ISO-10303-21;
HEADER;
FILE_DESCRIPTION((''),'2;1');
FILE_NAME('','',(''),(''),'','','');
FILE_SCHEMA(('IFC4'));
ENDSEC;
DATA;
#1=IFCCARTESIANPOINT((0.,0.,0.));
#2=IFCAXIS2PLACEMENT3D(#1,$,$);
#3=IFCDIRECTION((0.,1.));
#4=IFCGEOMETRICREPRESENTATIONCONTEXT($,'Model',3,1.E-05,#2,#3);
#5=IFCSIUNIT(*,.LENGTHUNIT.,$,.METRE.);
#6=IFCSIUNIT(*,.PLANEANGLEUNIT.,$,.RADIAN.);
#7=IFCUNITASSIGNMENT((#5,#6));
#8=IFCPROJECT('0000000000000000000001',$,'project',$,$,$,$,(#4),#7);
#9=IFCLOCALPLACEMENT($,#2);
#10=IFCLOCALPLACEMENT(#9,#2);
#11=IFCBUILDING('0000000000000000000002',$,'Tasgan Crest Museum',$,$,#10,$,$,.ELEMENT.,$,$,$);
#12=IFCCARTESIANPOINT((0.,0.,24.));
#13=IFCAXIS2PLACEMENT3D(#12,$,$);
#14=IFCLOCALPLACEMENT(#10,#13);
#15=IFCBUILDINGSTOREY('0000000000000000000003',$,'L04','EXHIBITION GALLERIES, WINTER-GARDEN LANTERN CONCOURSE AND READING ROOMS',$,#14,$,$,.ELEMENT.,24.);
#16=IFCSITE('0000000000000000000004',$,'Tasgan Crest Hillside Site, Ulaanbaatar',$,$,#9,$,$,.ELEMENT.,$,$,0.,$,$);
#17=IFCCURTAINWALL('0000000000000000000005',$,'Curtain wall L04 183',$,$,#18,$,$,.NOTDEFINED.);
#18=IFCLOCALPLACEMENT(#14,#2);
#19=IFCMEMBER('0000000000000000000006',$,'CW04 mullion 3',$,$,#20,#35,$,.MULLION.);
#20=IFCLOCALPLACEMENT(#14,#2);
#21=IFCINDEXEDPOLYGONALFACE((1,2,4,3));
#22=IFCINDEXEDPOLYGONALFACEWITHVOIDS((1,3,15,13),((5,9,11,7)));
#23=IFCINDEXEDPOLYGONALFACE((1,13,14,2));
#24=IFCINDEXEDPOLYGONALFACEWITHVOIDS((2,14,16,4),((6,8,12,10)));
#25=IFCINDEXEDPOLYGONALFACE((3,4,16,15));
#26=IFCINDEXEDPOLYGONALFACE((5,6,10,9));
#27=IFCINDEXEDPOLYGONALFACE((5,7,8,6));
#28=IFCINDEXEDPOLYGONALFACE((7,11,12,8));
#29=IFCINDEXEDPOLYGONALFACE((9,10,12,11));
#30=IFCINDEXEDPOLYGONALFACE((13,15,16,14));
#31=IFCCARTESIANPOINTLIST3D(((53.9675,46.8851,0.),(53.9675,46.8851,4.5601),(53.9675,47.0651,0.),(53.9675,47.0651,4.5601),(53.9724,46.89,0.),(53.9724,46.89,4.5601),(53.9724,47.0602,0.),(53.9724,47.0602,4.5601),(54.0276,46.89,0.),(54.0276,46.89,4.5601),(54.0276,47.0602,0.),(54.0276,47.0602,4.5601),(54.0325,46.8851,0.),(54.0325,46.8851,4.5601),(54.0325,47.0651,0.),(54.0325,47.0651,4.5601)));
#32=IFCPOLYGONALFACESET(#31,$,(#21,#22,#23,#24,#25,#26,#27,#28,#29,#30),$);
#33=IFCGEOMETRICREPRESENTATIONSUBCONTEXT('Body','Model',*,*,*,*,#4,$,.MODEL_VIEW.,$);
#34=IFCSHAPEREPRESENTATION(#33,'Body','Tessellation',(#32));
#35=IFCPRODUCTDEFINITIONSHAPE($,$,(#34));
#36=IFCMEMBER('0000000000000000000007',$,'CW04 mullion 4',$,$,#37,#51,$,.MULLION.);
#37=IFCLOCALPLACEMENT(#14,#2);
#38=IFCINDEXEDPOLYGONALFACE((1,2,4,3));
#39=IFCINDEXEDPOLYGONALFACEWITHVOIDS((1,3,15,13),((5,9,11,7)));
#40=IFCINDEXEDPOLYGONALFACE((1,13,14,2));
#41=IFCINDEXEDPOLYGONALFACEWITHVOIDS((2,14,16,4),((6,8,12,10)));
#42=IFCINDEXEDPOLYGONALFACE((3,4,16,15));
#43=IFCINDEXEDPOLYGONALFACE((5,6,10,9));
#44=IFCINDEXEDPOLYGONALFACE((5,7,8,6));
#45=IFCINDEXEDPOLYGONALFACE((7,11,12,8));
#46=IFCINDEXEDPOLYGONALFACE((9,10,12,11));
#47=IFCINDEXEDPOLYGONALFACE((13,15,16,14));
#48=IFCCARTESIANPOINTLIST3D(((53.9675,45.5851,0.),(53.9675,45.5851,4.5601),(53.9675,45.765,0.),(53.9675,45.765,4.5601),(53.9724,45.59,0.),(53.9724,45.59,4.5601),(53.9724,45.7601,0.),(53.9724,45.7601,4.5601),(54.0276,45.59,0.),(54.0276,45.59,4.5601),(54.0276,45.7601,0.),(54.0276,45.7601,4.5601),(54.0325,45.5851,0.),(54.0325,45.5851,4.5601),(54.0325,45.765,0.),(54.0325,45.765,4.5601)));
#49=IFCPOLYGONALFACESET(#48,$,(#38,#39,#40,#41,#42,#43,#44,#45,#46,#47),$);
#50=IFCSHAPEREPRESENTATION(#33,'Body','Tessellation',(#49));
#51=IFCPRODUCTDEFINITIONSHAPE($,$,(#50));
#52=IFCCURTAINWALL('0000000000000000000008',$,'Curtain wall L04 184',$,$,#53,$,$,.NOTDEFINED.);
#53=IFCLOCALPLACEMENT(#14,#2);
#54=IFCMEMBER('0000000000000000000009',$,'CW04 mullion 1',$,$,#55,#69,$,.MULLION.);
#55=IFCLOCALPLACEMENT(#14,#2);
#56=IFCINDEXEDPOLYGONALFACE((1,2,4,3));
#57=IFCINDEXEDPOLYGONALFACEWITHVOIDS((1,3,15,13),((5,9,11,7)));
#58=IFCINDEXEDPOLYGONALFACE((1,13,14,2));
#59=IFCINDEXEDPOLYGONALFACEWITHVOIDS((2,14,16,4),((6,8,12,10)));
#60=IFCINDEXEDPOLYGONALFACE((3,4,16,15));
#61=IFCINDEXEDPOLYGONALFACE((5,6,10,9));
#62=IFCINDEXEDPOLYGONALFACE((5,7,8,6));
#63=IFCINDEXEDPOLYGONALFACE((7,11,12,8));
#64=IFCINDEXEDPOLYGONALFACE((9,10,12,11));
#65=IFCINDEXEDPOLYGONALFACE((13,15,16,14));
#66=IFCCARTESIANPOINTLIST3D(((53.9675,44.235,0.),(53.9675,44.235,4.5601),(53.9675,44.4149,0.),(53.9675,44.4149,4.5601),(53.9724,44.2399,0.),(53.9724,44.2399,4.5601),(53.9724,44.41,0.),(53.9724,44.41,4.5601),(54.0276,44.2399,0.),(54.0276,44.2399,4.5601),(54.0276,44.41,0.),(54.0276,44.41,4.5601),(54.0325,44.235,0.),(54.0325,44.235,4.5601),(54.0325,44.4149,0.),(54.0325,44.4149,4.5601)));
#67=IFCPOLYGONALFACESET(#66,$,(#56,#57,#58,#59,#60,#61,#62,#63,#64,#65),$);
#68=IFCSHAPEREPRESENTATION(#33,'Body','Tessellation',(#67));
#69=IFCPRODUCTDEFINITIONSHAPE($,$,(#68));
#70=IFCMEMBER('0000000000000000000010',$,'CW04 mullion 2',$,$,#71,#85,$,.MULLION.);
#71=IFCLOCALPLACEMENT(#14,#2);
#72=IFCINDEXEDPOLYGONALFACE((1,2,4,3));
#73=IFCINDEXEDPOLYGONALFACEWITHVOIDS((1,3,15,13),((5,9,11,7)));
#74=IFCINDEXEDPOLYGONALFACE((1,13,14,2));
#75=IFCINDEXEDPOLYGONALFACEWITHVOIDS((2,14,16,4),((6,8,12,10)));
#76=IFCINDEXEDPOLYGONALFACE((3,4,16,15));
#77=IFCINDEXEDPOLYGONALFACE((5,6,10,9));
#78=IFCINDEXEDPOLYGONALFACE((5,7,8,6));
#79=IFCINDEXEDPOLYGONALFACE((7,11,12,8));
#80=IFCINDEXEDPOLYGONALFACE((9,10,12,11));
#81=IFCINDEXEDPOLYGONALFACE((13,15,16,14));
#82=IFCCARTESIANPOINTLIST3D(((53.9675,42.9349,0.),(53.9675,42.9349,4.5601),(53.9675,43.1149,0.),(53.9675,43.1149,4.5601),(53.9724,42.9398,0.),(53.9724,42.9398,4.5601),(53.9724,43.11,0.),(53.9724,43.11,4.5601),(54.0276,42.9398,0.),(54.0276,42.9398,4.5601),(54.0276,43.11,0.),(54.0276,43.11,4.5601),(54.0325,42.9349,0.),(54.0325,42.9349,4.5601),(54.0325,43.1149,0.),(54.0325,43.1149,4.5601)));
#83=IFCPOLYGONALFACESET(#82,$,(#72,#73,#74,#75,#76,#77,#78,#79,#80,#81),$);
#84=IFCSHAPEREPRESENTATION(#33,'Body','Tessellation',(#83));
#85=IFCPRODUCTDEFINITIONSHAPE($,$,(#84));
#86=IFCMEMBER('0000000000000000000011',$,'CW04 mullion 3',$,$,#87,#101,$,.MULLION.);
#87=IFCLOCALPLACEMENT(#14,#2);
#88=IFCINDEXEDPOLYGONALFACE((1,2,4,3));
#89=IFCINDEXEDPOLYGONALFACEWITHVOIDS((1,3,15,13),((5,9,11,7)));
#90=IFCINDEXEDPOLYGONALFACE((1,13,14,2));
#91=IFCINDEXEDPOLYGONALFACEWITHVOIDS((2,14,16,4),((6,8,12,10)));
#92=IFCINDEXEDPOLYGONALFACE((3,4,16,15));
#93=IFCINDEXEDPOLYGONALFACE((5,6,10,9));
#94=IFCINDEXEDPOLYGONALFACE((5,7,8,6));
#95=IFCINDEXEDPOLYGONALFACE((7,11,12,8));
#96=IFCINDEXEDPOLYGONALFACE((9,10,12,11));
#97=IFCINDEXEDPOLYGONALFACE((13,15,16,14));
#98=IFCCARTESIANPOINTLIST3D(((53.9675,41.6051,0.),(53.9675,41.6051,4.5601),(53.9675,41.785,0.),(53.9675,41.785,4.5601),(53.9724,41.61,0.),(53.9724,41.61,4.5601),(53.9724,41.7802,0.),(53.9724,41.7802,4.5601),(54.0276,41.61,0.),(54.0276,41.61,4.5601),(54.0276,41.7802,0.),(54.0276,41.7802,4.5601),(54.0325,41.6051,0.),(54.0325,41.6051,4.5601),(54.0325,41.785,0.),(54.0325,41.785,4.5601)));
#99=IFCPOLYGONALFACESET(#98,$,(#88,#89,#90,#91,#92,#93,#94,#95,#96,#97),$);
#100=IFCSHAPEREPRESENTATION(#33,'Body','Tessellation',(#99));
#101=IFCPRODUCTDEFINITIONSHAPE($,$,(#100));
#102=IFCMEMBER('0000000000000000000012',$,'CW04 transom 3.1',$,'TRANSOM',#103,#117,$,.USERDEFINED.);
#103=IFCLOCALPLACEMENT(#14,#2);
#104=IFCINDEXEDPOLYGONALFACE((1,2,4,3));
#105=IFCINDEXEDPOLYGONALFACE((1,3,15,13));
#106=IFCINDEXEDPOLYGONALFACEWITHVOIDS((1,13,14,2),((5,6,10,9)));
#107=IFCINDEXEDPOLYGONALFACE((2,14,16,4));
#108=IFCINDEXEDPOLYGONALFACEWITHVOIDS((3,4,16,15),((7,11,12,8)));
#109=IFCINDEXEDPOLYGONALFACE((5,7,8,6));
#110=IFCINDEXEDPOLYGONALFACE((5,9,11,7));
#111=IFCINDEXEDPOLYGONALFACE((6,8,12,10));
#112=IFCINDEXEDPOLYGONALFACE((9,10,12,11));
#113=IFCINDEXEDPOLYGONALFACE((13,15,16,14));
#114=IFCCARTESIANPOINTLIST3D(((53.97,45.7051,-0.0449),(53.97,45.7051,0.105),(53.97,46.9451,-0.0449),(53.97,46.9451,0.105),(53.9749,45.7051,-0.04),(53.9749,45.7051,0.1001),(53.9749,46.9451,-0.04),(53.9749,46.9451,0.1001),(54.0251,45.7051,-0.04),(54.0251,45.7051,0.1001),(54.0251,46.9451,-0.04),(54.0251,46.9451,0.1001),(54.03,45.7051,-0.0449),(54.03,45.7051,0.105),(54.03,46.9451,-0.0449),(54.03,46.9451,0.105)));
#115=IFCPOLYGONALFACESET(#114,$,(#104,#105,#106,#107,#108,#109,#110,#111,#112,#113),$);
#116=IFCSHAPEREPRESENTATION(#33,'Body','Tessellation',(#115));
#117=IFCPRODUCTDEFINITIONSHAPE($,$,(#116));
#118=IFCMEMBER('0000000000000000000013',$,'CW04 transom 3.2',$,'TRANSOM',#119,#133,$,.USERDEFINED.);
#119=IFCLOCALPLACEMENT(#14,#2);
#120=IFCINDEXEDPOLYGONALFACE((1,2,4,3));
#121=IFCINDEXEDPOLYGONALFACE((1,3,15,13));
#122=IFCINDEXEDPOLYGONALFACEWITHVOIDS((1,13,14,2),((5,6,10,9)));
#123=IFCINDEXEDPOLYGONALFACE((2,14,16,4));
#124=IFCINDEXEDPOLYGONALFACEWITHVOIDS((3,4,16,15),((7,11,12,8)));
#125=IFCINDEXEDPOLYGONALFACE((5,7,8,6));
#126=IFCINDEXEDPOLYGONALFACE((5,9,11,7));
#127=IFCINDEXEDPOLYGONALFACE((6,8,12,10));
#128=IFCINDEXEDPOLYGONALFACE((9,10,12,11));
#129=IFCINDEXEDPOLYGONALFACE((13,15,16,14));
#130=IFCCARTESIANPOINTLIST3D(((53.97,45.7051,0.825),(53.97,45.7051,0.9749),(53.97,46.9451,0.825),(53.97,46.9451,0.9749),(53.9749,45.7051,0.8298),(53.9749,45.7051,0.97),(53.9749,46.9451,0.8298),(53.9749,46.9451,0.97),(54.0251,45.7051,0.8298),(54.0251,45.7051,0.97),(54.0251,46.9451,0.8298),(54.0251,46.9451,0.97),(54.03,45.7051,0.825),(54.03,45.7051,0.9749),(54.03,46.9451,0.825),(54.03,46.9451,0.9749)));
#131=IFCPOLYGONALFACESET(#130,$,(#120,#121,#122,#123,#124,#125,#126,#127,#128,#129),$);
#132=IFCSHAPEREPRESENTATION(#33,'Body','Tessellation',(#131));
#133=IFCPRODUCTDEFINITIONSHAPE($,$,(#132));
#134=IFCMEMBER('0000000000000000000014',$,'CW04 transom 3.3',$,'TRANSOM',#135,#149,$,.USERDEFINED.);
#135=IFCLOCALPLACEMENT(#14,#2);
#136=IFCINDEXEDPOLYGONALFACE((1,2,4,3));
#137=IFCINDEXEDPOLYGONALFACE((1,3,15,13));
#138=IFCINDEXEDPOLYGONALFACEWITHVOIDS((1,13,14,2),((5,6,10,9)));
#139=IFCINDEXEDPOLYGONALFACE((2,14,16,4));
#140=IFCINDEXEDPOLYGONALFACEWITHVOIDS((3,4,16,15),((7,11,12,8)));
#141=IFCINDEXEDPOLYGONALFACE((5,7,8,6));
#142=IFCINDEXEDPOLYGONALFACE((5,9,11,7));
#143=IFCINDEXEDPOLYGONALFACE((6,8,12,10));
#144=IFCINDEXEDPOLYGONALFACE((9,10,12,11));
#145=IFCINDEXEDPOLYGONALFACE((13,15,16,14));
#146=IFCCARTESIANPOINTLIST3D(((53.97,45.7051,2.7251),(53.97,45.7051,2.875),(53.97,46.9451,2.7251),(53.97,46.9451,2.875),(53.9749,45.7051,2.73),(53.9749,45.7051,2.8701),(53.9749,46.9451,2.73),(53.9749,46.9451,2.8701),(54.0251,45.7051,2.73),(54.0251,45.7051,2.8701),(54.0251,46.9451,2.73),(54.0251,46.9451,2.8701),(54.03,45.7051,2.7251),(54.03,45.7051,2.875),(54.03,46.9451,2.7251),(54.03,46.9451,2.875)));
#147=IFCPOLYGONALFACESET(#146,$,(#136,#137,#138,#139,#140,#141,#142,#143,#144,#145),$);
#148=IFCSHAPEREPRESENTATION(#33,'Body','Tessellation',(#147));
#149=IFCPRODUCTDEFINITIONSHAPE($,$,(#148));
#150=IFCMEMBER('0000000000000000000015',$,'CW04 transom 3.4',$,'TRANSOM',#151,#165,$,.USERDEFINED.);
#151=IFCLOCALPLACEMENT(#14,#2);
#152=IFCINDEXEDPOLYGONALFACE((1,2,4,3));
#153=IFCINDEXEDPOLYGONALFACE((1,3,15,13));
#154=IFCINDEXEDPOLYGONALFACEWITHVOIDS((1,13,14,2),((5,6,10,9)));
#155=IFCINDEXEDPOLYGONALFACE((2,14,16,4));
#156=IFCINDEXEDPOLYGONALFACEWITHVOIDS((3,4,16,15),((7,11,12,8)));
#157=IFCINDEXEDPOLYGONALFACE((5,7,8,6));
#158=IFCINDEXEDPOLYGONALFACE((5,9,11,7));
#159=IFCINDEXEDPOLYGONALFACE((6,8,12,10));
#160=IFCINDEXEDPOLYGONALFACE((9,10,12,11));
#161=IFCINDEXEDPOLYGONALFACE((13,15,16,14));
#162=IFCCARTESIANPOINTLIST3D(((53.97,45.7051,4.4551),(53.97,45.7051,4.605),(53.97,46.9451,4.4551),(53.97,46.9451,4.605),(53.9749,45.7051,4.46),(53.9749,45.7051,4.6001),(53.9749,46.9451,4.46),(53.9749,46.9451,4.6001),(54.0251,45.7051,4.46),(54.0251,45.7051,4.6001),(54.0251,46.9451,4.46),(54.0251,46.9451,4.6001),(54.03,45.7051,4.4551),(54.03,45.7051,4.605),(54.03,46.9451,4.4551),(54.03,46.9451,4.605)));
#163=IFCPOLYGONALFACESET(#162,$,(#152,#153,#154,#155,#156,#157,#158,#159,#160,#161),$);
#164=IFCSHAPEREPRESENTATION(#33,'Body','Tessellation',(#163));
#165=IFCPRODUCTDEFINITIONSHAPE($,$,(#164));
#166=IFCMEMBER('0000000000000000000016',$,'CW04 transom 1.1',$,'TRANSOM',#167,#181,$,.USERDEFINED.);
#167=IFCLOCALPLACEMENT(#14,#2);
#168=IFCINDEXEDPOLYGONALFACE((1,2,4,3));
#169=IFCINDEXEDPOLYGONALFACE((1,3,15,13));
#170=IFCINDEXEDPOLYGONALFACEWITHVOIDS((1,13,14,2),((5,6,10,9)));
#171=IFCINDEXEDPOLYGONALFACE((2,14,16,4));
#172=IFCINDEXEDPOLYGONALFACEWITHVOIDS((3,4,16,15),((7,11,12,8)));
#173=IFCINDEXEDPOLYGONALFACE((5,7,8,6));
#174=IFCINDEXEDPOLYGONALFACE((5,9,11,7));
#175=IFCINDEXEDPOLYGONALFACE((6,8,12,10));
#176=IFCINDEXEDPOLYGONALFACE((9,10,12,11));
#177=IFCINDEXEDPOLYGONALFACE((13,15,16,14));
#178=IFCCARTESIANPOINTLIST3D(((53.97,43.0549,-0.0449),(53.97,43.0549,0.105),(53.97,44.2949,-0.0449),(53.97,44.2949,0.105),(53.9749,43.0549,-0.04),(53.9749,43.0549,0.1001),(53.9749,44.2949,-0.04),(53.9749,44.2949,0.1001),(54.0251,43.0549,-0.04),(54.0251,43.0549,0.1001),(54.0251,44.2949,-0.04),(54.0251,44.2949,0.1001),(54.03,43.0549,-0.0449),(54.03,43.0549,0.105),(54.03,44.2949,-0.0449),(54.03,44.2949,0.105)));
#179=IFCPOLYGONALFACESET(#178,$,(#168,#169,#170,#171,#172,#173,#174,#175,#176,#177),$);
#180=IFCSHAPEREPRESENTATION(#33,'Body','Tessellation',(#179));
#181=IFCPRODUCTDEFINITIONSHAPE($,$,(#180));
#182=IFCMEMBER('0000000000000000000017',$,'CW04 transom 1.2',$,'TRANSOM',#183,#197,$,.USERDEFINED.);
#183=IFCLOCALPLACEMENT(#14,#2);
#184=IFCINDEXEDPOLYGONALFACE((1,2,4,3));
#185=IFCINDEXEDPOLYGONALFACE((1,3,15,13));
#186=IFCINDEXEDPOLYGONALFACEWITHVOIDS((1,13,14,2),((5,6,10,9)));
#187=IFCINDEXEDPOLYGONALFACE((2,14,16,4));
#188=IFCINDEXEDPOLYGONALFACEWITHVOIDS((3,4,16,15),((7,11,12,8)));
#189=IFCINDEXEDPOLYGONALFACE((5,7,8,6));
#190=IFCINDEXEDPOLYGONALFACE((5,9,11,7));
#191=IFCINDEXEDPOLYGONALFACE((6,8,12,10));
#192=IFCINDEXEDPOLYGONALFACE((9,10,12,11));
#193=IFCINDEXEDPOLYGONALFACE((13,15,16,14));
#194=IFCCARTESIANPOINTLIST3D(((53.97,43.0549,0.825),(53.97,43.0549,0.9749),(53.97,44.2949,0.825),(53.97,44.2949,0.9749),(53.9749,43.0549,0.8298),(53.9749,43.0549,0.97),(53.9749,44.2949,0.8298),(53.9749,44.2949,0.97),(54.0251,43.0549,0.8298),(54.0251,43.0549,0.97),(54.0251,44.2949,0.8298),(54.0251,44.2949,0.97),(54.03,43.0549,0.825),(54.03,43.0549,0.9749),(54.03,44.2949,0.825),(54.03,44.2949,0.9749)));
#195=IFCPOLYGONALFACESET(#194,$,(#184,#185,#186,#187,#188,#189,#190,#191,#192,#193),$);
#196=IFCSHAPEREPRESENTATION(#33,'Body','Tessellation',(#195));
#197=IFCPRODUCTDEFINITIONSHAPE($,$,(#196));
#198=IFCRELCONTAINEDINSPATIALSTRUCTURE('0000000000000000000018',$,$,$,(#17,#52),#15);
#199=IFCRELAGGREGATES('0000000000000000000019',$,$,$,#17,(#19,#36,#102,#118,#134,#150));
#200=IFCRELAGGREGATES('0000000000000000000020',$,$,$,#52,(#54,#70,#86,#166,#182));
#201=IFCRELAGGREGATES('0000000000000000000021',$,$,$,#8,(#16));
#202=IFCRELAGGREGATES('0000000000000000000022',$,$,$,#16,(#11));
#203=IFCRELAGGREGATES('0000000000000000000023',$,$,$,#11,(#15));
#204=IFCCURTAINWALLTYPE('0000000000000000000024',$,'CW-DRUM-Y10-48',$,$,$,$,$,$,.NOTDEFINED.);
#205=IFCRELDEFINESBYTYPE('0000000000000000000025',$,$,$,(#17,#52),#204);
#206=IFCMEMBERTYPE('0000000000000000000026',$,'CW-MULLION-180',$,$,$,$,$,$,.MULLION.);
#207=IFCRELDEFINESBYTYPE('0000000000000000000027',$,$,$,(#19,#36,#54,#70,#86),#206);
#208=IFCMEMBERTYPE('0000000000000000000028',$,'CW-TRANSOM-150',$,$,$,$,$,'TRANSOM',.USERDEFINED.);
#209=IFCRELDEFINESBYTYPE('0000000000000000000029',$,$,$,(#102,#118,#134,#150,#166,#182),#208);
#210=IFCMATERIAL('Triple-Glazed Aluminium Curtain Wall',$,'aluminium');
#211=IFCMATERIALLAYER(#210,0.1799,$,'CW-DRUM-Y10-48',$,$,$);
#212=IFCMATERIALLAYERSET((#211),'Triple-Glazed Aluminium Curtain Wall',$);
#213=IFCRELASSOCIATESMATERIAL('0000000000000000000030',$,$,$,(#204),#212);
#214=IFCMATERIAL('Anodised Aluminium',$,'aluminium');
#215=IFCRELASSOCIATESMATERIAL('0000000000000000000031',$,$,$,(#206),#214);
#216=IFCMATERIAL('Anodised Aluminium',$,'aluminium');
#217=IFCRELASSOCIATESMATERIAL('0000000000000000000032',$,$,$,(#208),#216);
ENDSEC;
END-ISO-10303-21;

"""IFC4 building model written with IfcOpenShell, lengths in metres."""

from ifc_helpers import new_model, si_unit, direction, frame, origin, origin_2d, place, context, subcontext, project, spatial, hollow_rectangle, extrude, material, layer, layer_set, material_profile, profile_set, type_object, element, aggregate, save


model = new_model("IFC4")

# Units and contexts
model_context = context("Model", 3, precision=1e-05, world=origin(), true_north=direction((0.0, 1.0)))
body_context = subcontext(model_context, "Body", "Model", "MODEL_VIEW")
ifc_project = project(units=[si_unit("LENGTHUNIT", "METRE"), si_unit("PLANEANGLEUNIT", "RADIAN")], contexts=[model_context])

# Site, building, storey
site_placement = place(None, origin())
site = spatial("IfcSite", under=ifc_project, at=site_placement, Name="Tasgan Crest Hillside Site, Ulaanbaatar", CompositionType="ELEMENT", RefElevation=0.0)
building_placement = place(site_placement, origin())
building = spatial("IfcBuilding", under=site, at=building_placement, Name="Tasgan Crest Museum", CompositionType="ELEMENT")
storey_placement = place(building_placement, frame((0.0, 0.0, 24.0)))
storey = spatial("IfcBuildingStorey", under=building, at=storey_placement, Name="L04", Description="EXHIBITION GALLERIES, WINTER-GARDEN LANTERN CONCOURSE AND READING ROOMS", CompositionType="ELEMENT", Elevation=24.0)

# Curtain walls, members
ifc_material_1 = material(Name="Triple-Glazed Aluminium Curtain Wall", Category="aluminium")
ifc_layer_1 = layer(ifc_material_1, 0.1799, Name="CW-DRUM-Y10-48")
ifc_layer_set_1 = layer_set([ifc_layer_1], Name="Triple-Glazed Aluminium Curtain Wall")
curtain_wall_type = type_object("IfcCurtainWallType", Name="CW-DRUM-Y10-48", PredefinedType="NOTDEFINED", material=ifc_layer_set_1)
curtain_wall_1_placement = place(storey_placement, origin())
curtain_wall_1 = element("IfcCurtainWall", 1, at=curtain_wall_1_placement, inside=storey, type_object=curtain_wall_type, Name="Curtain wall L04 183", PredefinedType="NOTDEFINED")
ifc_material_2 = material(Name="Anodised Aluminium", Category="aluminium")
ifc_material_profile_1 = material_profile(ifc_material_2, hollow_rectangle(XDim=0.0649, YDim=0.1799, WallThickness=0.0049, at=origin_2d()), Name="ALU MULLION 180x65x5")
ifc_profile_set_1 = profile_set([ifc_material_profile_1], Name="Anodised Aluminium")
member_type_1 = type_object("IfcMemberType", Name="CW-MULLION-180", PredefinedType="MULLION", material=ifc_profile_set_1)
member_1_placement = place(storey_placement, frame((54.0, 46.9751, 0.0), z_axis=(0.0, 0.0, 1.0), x_axis=(1.0, 0.0, 0.0)))
member_1 = element("IfcMember", 2, at=member_1_placement, type_object=member_type_1, Name="CW04 mullion 3", PredefinedType="MULLION", context=body_context, shape_type="SweptSolid", body=[
    extrude(hollow_rectangle(XDim=0.0649, YDim=0.1799, WallThickness=0.0049, at=origin_2d()), origin(), (0.0, 0.0, 1.0), 4.5601),
])
member_2_placement = place(storey_placement, frame((54.0, 45.675, 0.0), z_axis=(0.0, 0.0, 1.0), x_axis=(1.0, 0.0, 0.0)))
member_2 = element("IfcMember", 3, at=member_2_placement, type_object=member_type_1, Name="CW04 mullion 4", PredefinedType="MULLION", context=body_context, shape_type="SweptSolid", body=[
    extrude(hollow_rectangle(XDim=0.0649, YDim=0.1799, WallThickness=0.0049, at=origin_2d()), origin(), (0.0, 0.0, 1.0), 4.5601),
])
curtain_wall_2_placement = place(storey_placement, origin())
curtain_wall_2 = element("IfcCurtainWall", 4, at=curtain_wall_2_placement, inside=storey, type_object=curtain_wall_type, Name="Curtain wall L04 184", PredefinedType="NOTDEFINED")
member_3_placement = place(storey_placement, frame((54.0, 44.325, 0.0), z_axis=(0.0, 0.0, 1.0), x_axis=(1.0, 0.0, 0.0)))
member_3 = element("IfcMember", 5, at=member_3_placement, type_object=member_type_1, Name="CW04 mullion 1", PredefinedType="MULLION", context=body_context, shape_type="SweptSolid", body=[
    extrude(hollow_rectangle(XDim=0.0649, YDim=0.1799, WallThickness=0.0049, at=origin_2d()), origin(), (0.0, 0.0, 1.0), 4.5601),
])
member_4_placement = place(storey_placement, frame((54.0, 43.0249, 0.0), z_axis=(0.0, 0.0, 1.0), x_axis=(1.0, 0.0, 0.0)))
member_4 = element("IfcMember", 6, at=member_4_placement, type_object=member_type_1, Name="CW04 mullion 2", PredefinedType="MULLION", context=body_context, shape_type="SweptSolid", body=[
    extrude(hollow_rectangle(XDim=0.0649, YDim=0.1799, WallThickness=0.0049, at=origin_2d()), origin(), (0.0, 0.0, 1.0), 4.5601),
])
member_5_placement = place(storey_placement, frame((54.0, 41.6951, 0.0), z_axis=(0.0, 0.0, 1.0), x_axis=(1.0, 0.0, 0.0)))
member_5 = element("IfcMember", 7, at=member_5_placement, type_object=member_type_1, Name="CW04 mullion 3", PredefinedType="MULLION", context=body_context, shape_type="SweptSolid", body=[
    extrude(hollow_rectangle(XDim=0.0649, YDim=0.1799, WallThickness=0.0049, at=origin_2d()), origin(), (0.0, 0.0, 1.0), 4.5601),
])

# Members
ifc_material_3 = material(Name="Anodised Aluminium", Category="aluminium")
ifc_material_profile_2 = material_profile(ifc_material_3, hollow_rectangle(XDim=0.0601, YDim=0.1499, WallThickness=0.0049, at=origin_2d()), Name="ALU TRANSOM 150x60x5")
ifc_profile_set_2 = profile_set([ifc_material_profile_2], Name="Anodised Aluminium")
member_type_2 = type_object("IfcMemberType", Name="CW-TRANSOM-150", ElementType="TRANSOM", PredefinedType="USERDEFINED", material=ifc_profile_set_2)
member_6_placement = place(storey_placement, frame((54.0, 46.9451, 0.03), z_axis=(0.0, -1.0, 0.0), x_axis=(1.0, 0.0, 0.0)))
member_6 = element("IfcMember", 8, at=member_6_placement, type_object=member_type_2, Name="CW04 transom 3.1", ObjectType="TRANSOM", PredefinedType="USERDEFINED", context=body_context, shape_type="SweptSolid", body=[
    extrude(hollow_rectangle(XDim=0.0601, YDim=0.1499, WallThickness=0.0049, at=origin_2d()), origin(), (0.0, 0.0, 1.0), 1.24),
])
member_7_placement = place(storey_placement, frame((54.0, 46.9451, 0.8999), z_axis=(0.0, -1.0, 0.0), x_axis=(1.0, 0.0, 0.0)))
member_7 = element("IfcMember", 9, at=member_7_placement, type_object=member_type_2, Name="CW04 transom 3.2", ObjectType="TRANSOM", PredefinedType="USERDEFINED", context=body_context, shape_type="SweptSolid", body=[
    extrude(hollow_rectangle(XDim=0.0601, YDim=0.1499, WallThickness=0.0049, at=origin_2d()), origin(), (0.0, 0.0, 1.0), 1.24),
])
member_8_placement = place(storey_placement, frame((54.0, 46.9451, 2.8), z_axis=(0.0, -1.0, 0.0), x_axis=(1.0, 0.0, 0.0)))
member_8 = element("IfcMember", 10, at=member_8_placement, type_object=member_type_2, Name="CW04 transom 3.3", ObjectType="TRANSOM", PredefinedType="USERDEFINED", context=body_context, shape_type="SweptSolid", body=[
    extrude(hollow_rectangle(XDim=0.0601, YDim=0.1499, WallThickness=0.0049, at=origin_2d()), origin(), (0.0, 0.0, 1.0), 1.24),
])
member_9_placement = place(storey_placement, frame((54.0, 46.9451, 4.53), z_axis=(0.0, -1.0, 0.0), x_axis=(1.0, 0.0, 0.0)))
member_9 = element("IfcMember", 11, at=member_9_placement, type_object=member_type_2, Name="CW04 transom 3.4", ObjectType="TRANSOM", PredefinedType="USERDEFINED", context=body_context, shape_type="SweptSolid", body=[
    extrude(hollow_rectangle(XDim=0.0601, YDim=0.1499, WallThickness=0.0049, at=origin_2d()), origin(), (0.0, 0.0, 1.0), 1.24),
])
member_10_placement = place(storey_placement, frame((54.0, 44.2949, 0.03), z_axis=(0.0, -1.0, 0.0), x_axis=(1.0, 0.0, 0.0)))
member_10 = element("IfcMember", 12, at=member_10_placement, type_object=member_type_2, Name="CW04 transom 1.1", ObjectType="TRANSOM", PredefinedType="USERDEFINED", context=body_context, shape_type="SweptSolid", body=[
    extrude(hollow_rectangle(XDim=0.0601, YDim=0.1499, WallThickness=0.0049, at=origin_2d()), origin(), (0.0, 0.0, 1.0), 1.24),
])
member_11_placement = place(storey_placement, frame((54.0, 44.2949, 0.8999), z_axis=(0.0, -1.0, 0.0), x_axis=(1.0, 0.0, 0.0)))
member_11 = element("IfcMember", 13, at=member_11_placement, type_object=member_type_2, Name="CW04 transom 1.2", ObjectType="TRANSOM", PredefinedType="USERDEFINED", context=body_context, shape_type="SweptSolid", body=[
    extrude(hollow_rectangle(XDim=0.0601, YDim=0.1499, WallThickness=0.0049, at=origin_2d()), origin(), (0.0, 0.0, 1.0), 1.24),
])

aggregate(curtain_wall_1, [member_1, member_2, member_6, member_7, member_8, member_9])
aggregate(curtain_wall_2, [member_3, member_4, member_5, member_10, member_11])

save(model, "model.ifc")
